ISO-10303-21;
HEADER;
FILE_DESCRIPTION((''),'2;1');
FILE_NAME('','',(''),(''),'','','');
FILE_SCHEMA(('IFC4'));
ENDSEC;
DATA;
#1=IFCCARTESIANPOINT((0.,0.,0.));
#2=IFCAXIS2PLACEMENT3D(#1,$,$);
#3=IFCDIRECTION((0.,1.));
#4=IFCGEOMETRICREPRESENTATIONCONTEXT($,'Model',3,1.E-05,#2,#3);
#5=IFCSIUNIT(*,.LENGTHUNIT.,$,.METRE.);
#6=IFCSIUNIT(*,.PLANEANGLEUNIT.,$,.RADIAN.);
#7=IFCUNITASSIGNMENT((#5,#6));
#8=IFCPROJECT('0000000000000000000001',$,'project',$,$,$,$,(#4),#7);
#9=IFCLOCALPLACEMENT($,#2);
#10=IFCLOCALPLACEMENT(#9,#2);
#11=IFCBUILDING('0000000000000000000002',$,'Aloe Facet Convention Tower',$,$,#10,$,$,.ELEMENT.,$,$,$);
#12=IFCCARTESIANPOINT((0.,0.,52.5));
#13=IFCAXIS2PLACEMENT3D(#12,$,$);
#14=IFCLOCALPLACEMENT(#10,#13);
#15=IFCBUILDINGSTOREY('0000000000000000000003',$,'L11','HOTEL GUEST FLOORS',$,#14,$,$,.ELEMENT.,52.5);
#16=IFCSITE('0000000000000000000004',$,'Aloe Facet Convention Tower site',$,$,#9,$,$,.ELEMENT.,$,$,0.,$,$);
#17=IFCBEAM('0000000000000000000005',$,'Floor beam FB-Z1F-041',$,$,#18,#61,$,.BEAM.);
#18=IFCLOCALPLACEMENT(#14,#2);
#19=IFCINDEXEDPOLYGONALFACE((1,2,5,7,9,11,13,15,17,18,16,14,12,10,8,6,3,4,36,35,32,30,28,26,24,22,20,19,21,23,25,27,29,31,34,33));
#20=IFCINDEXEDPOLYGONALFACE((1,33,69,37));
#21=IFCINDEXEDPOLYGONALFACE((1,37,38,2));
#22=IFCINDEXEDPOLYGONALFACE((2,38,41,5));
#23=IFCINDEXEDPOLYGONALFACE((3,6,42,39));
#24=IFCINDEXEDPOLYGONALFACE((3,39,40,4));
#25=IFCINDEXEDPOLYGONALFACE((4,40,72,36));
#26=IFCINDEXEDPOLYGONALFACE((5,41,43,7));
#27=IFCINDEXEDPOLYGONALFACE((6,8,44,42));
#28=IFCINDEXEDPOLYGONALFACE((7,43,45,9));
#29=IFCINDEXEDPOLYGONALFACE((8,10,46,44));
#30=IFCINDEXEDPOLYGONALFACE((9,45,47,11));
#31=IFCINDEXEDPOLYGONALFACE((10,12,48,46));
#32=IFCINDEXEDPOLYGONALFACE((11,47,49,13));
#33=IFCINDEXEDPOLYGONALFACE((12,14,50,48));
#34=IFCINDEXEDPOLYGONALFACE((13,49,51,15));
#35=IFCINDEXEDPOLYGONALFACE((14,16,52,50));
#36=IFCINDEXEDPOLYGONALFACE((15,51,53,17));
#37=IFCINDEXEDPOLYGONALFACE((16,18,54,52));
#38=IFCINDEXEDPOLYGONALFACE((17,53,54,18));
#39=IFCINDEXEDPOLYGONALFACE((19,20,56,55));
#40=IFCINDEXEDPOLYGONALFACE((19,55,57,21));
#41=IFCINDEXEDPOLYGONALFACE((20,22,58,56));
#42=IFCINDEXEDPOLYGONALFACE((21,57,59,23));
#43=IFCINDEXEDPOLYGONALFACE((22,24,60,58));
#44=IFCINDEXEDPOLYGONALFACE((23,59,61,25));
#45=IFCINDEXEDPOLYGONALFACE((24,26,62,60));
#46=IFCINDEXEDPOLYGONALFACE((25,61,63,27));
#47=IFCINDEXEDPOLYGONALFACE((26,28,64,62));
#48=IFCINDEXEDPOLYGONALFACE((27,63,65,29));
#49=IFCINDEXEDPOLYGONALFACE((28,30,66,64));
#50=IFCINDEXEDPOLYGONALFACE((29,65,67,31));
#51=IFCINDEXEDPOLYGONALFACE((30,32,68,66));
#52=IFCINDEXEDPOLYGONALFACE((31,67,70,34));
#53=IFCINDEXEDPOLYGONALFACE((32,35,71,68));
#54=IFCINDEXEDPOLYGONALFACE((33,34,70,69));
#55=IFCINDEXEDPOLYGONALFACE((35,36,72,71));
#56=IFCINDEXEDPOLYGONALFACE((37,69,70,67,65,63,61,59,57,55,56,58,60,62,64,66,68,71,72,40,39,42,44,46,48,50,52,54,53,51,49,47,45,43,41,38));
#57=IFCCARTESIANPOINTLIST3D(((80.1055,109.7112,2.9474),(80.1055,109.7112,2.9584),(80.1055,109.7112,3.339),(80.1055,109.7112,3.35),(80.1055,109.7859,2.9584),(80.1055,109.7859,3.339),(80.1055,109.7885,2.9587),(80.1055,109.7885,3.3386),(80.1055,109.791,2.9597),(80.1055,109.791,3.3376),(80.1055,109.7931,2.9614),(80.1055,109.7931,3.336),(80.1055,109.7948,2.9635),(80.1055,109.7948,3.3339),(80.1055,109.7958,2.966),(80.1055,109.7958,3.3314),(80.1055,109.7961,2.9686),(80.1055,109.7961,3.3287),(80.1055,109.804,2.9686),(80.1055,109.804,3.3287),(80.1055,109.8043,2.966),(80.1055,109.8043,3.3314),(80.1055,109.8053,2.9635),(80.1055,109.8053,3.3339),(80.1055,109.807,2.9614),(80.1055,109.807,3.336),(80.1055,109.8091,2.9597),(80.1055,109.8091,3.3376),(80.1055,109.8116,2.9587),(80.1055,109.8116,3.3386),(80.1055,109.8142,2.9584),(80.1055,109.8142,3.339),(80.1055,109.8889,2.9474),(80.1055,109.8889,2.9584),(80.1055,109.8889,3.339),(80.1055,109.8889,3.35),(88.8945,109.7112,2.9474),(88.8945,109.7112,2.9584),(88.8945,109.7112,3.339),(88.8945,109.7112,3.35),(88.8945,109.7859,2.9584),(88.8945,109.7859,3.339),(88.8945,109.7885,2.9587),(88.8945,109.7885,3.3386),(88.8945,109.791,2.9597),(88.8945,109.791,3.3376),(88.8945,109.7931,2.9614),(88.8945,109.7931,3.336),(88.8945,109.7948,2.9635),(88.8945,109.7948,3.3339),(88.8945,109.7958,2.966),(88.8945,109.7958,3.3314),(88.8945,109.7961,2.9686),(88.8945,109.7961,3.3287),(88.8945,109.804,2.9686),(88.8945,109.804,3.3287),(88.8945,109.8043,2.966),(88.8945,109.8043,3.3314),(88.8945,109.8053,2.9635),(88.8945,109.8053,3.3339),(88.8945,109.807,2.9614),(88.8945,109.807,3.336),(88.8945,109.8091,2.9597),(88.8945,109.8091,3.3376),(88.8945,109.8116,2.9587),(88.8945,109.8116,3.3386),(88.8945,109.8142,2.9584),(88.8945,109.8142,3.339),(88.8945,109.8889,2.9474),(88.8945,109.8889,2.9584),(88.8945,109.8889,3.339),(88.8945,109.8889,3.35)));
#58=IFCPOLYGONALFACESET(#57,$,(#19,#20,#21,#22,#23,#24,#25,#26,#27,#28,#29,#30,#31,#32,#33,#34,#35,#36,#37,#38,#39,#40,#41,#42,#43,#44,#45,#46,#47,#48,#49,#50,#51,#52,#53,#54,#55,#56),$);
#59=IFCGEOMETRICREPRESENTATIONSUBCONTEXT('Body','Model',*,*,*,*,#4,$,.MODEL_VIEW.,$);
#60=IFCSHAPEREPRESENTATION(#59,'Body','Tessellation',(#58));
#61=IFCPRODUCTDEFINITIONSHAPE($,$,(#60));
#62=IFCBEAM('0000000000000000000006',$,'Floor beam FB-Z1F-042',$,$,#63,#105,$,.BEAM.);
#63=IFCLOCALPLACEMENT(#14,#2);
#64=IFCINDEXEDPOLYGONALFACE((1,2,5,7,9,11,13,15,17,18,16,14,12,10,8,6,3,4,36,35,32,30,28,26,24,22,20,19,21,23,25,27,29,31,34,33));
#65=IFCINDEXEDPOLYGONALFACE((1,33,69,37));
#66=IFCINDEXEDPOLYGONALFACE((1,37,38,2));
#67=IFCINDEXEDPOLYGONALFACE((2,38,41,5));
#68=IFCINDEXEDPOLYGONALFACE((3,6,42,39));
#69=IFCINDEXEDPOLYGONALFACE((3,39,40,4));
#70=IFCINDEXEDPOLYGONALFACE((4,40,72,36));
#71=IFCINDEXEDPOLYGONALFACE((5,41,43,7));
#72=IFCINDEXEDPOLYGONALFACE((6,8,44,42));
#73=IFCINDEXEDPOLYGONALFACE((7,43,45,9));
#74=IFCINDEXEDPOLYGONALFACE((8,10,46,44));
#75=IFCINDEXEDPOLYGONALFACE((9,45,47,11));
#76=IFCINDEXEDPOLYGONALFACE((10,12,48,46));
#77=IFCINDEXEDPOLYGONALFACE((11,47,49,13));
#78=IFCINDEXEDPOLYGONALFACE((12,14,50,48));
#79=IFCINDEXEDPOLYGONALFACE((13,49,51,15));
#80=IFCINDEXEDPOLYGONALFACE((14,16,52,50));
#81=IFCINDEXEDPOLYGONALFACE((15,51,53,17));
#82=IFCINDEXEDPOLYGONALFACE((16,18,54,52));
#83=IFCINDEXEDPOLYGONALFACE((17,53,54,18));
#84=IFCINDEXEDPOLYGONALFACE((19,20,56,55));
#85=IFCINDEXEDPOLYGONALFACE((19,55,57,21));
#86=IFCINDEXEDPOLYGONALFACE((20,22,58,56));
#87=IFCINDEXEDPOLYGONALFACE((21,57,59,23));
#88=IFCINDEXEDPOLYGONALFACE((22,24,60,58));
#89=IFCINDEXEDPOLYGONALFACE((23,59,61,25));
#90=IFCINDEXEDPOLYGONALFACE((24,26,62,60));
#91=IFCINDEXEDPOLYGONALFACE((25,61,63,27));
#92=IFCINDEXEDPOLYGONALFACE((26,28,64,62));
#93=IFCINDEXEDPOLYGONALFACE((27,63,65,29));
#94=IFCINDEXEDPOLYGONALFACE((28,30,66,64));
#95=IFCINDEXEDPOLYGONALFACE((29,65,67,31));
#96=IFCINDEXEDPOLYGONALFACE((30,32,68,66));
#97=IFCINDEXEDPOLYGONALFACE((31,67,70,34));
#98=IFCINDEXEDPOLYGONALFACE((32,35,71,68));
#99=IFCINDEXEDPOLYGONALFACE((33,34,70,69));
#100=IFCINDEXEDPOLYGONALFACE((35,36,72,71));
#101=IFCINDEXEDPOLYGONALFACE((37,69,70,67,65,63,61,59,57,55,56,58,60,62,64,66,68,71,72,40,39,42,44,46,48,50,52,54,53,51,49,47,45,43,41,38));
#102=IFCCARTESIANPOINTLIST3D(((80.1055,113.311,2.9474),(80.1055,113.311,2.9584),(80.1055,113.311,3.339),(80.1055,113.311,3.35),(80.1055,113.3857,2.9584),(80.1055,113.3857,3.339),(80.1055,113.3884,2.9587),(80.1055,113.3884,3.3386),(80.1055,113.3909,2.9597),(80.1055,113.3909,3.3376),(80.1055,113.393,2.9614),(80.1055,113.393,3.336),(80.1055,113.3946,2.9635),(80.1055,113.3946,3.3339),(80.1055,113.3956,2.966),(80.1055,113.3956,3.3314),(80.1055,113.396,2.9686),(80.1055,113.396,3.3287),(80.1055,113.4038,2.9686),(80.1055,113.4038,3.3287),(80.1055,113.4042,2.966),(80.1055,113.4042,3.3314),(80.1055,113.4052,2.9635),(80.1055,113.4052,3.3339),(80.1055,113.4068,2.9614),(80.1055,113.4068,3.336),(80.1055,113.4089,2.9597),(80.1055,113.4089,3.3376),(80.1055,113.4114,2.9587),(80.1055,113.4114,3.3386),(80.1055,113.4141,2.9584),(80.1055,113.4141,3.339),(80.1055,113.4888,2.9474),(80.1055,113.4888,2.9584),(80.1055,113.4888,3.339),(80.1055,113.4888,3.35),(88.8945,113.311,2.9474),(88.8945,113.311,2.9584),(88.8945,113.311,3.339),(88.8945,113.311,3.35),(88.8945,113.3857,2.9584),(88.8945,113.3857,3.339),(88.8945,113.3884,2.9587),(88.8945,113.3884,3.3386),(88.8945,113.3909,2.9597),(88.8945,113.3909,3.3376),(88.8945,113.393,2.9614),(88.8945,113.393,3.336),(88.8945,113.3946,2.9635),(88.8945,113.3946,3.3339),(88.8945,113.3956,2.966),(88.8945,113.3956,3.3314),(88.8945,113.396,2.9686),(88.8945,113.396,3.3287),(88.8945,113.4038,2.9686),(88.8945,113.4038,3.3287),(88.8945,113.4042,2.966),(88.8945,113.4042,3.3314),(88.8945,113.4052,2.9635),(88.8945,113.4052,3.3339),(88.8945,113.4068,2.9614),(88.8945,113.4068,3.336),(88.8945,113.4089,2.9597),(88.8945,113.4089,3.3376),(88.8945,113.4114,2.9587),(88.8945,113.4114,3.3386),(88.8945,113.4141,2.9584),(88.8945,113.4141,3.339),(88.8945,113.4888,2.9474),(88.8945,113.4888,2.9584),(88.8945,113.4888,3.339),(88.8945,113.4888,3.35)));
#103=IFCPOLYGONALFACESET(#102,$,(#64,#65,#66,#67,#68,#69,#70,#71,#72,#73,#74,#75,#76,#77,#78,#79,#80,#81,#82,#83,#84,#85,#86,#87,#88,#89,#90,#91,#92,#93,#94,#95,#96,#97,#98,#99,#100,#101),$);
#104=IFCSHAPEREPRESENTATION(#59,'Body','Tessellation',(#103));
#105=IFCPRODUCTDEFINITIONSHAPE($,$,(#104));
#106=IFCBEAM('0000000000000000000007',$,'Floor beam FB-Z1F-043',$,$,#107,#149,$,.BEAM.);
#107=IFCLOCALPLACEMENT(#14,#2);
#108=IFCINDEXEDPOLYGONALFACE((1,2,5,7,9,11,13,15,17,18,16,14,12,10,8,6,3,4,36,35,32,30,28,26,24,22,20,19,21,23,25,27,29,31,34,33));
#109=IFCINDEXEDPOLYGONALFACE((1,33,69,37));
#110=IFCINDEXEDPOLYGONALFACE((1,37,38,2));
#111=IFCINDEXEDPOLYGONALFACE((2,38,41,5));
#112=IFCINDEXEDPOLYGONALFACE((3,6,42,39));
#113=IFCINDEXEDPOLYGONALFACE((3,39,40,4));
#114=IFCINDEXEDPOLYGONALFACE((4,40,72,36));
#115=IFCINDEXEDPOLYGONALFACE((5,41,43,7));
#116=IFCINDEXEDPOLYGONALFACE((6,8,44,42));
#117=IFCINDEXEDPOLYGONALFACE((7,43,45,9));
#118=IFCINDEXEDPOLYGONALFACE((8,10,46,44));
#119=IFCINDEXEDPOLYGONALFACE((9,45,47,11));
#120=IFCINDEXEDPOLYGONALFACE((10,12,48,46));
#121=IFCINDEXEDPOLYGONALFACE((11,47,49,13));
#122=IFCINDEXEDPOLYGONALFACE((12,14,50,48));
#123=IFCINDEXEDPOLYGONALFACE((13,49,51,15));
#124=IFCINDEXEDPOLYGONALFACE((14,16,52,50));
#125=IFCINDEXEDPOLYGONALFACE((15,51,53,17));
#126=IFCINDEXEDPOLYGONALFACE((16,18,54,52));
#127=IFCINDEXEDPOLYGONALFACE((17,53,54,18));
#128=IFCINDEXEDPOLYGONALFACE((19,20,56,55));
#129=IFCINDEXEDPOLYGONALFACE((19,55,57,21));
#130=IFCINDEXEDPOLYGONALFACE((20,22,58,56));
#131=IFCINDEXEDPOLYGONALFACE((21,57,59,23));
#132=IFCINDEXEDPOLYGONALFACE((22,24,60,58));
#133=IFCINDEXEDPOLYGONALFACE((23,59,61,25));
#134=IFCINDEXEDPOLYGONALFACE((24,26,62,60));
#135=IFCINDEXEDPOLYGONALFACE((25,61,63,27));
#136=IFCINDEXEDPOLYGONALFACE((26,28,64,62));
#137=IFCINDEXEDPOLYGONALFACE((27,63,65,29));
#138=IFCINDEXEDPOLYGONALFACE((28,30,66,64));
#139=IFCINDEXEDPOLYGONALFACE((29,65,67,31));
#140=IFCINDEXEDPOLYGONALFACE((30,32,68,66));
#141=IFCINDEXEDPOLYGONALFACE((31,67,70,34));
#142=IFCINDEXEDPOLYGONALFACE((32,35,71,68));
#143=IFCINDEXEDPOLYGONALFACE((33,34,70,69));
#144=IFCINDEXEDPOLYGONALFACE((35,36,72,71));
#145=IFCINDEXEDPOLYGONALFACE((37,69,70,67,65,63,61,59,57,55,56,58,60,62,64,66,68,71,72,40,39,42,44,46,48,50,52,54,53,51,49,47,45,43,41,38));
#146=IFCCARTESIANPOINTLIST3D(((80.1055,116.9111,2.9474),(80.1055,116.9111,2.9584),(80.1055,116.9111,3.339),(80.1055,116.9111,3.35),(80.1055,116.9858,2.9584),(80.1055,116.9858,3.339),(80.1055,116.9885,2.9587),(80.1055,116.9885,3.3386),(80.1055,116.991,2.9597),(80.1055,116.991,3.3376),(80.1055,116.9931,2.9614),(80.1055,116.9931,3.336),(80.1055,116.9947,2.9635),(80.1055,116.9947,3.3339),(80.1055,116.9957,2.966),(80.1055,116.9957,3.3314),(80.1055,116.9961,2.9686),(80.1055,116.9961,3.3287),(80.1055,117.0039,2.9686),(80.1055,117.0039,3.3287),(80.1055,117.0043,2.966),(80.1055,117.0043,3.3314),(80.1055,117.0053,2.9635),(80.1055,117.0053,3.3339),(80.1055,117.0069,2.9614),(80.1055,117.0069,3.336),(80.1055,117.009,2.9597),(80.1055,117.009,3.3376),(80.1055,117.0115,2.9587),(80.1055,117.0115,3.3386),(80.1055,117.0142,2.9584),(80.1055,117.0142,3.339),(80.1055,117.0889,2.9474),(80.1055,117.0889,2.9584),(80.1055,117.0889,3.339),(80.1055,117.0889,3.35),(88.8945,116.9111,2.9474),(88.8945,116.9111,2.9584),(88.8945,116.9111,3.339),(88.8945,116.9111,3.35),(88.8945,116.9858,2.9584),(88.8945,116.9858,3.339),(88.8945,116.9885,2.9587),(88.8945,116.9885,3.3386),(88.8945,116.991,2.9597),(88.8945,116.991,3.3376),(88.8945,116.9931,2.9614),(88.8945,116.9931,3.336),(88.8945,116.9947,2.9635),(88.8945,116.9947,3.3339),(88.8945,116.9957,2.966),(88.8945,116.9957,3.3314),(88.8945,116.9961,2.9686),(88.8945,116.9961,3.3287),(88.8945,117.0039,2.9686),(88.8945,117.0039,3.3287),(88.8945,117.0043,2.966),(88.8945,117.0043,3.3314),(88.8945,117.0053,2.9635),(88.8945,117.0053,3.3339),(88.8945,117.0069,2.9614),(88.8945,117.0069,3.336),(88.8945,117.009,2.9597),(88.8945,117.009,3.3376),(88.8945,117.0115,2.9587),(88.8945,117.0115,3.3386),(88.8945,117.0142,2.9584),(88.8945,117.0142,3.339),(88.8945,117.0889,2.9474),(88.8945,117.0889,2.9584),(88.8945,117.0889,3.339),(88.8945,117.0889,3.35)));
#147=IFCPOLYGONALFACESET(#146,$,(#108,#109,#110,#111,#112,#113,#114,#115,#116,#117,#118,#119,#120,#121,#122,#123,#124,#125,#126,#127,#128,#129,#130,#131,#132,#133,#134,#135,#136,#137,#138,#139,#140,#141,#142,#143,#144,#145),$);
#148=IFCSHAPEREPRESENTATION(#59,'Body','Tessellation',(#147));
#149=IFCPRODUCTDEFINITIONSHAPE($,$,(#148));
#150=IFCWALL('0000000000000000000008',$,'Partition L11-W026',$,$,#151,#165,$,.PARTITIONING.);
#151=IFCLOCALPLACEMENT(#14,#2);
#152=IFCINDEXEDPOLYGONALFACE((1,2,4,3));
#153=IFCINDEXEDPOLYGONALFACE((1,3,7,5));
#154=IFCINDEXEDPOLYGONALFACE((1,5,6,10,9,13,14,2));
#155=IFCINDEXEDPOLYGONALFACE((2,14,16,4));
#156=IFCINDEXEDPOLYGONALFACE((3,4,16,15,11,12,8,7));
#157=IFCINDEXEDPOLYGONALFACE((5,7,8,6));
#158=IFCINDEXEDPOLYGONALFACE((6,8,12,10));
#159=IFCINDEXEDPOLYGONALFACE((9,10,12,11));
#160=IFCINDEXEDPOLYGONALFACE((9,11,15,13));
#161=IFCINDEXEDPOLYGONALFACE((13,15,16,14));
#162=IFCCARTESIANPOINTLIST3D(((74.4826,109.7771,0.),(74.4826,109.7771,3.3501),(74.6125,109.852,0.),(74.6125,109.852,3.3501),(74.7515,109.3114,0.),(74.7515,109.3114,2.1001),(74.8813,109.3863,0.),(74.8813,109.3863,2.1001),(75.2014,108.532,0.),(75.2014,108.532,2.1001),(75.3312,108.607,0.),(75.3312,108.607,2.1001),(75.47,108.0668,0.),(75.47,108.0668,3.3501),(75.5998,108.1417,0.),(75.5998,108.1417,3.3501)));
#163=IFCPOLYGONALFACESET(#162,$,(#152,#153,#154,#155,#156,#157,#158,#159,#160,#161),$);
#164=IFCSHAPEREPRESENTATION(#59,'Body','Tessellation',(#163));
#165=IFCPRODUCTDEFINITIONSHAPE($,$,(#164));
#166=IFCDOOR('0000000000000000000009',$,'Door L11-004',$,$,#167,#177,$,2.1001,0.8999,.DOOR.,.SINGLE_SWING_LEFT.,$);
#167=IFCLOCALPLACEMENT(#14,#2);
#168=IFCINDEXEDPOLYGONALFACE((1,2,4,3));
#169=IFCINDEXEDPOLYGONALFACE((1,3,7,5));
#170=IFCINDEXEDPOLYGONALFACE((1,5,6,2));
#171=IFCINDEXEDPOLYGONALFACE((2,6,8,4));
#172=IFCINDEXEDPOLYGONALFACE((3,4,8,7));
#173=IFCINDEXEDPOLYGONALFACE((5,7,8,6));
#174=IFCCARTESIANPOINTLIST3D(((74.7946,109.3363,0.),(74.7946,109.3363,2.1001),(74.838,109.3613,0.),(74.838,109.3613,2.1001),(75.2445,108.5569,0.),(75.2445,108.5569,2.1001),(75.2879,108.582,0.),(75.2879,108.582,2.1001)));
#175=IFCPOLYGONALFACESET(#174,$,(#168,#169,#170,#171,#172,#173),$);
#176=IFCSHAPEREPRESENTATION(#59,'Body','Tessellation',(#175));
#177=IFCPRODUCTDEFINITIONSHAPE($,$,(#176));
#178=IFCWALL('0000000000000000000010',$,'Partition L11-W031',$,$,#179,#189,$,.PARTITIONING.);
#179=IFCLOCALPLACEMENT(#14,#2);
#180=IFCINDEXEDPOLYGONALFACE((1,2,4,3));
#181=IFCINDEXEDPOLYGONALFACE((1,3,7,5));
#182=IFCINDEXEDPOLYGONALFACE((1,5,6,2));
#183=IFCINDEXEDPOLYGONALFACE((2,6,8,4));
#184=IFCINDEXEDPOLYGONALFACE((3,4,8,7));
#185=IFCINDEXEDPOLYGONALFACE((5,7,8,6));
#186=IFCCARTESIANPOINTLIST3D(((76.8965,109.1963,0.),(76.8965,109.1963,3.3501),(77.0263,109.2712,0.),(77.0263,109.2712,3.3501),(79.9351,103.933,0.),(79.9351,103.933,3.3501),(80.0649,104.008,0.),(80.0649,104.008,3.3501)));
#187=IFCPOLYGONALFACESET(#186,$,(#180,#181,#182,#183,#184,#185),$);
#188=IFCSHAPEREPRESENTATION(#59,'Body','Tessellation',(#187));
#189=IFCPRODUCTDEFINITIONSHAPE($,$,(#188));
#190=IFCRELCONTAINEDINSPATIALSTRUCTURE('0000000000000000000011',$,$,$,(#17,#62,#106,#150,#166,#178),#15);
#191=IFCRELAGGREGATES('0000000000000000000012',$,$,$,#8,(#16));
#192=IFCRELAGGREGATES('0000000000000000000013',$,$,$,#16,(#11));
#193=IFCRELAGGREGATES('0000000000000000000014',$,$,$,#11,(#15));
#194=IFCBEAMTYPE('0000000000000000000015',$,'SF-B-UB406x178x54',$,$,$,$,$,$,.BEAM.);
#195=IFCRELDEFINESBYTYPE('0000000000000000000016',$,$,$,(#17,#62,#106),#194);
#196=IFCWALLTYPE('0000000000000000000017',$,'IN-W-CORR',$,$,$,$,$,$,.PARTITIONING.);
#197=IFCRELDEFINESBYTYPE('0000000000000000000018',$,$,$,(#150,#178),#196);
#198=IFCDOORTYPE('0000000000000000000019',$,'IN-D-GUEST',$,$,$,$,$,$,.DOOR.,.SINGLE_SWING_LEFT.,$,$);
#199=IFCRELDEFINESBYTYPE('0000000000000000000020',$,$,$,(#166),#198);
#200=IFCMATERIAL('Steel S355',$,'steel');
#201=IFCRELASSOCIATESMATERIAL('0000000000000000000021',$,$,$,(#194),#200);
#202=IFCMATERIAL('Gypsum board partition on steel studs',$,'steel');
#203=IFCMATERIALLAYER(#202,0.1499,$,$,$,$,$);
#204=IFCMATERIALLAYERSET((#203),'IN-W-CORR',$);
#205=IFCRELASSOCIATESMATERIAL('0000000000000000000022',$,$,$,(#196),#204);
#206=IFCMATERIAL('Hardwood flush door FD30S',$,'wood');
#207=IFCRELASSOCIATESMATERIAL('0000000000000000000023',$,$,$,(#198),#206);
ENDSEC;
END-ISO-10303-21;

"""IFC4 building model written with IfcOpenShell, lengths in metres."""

from ifc_helpers import new_model, si_unit, direction, frame, frame_2d, origin, origin_2d, place, context, subcontext, project, spatial, rectangle, i_section, extrude, material, layer, layer_set, material_profile, profile_set, type_object, element, fill, save


model = new_model("IFC4")

# Units and contexts
model_context = context("Model", 3, precision=1e-05, world=origin(), true_north=direction((0.0, 1.0)))
body_context = subcontext(model_context, "Body", "Model", "MODEL_VIEW")
ifc_project = project(units=[si_unit("LENGTHUNIT", "METRE"), si_unit("PLANEANGLEUNIT", "RADIAN")], contexts=[model_context])

# Site, building, storey
site_placement = place(None, origin())
site = spatial("IfcSite", under=ifc_project, at=site_placement, Name="Aloe Facet Convention Tower site", CompositionType="ELEMENT", RefElevation=0.0)
building_placement = place(site_placement, origin())
building = spatial("IfcBuilding", under=site, at=building_placement, Name="Aloe Facet Convention Tower", CompositionType="ELEMENT")
storey_placement = place(building_placement, frame((0.0, 0.0, 52.5)))
storey = spatial("IfcBuildingStorey", under=building, at=storey_placement, Name="L11", Description="HOTEL GUEST FLOORS", CompositionType="ELEMENT", Elevation=52.5)

# Beams
ifc_material_1 = material(Name="Steel S355", Category="steel")
ifc_material_profile = material_profile(ifc_material_1, i_section(OverallWidth=0.1777, OverallDepth=0.4026, WebThickness=0.0078, FlangeThickness=0.011, FilletRadius=0.0103, at=origin_2d()), Name="UB 406x178x54")
ifc_profile_set = profile_set([ifc_material_profile], Name="Steel S355")
beam_type = type_object("IfcBeamType", Name="SF-B-UB406x178x54", PredefinedType="BEAM", material=ifc_profile_set)
for number, where, z_axis, x_axis, name in (
    (1, (80.1055, 109.8, 3.1487), (1.0, 0.0, 0.0), (0.0, 1.0, 0.0), "Floor beam FB-Z1F-041"),
    (2, (80.1055, 113.3999, 3.1487), (1.0, 0.0, 0.0), (0.0, 1.0, 0.0), "Floor beam FB-Z1F-042"),
    (3, (80.1055, 117.0, 3.1487), (1.0, 0.0, 0.0), (0.0, 1.0, 0.0), "Floor beam FB-Z1F-043"),
):
    element("IfcBeam", number, at=place(storey_placement, frame(where, z_axis=z_axis, x_axis=x_axis)), inside=storey, type_object=beam_type, Name=name, PredefinedType="BEAM", context=body_context, shape_type="SweptSolid", body=[
        extrude(i_section(OverallWidth=0.1777, OverallDepth=0.4026, WebThickness=0.0078, FlangeThickness=0.011, FilletRadius=0.0103, at=origin_2d()), origin(), (0.0, 0.0, 1.0), 8.7891),
    ])

# Wall, opening, door
ifc_material_2 = material(Name="Gypsum board partition on steel studs", Category="steel")
ifc_layer_1 = layer(ifc_material_2, 0.1499)
ifc_layer_set_1 = layer_set([ifc_layer_1], Name="IN-W-CORR")
wall_type_1 = type_object("IfcWallType", Name="IN-W-CORR", PredefinedType="PARTITIONING", material=ifc_layer_set_1)
wall_1_placement = place(storey_placement, frame((74.5476, 109.8145, 0.0), z_axis=(0.0, 0.0, 1.0), x_axis=(0.499969, -0.866044, 0.0)))
wall_1 = element("IfcWall", 4, at=wall_1_placement, inside=storey, type_object=wall_type_1, Name="Partition L11-W026", PredefinedType="PARTITIONING", context=body_context, shape_type="SweptSolid", body=[
    extrude(rectangle(XDim=1.9749, YDim=0.1499, at=frame_2d((0.9873, 0.0))), origin(), (0.0, 0.0, 1.0), 3.3501),
])
opening_1_placement = place(wall_1_placement, frame((0.5376, 0.0, 0.0)))
opening_1 = element("IfcOpeningElement", 5, at=opening_1_placement, cuts=wall_1, PredefinedType="OPENING", context=body_context, shape_type="SweptSolid", body=[
    extrude(rectangle(XDim=0.8999, YDim=2.1001, at=frame_2d((0.45, 1.05))), frame((0.0, 0.085, 0.0), z_axis=(0.0, -1.0, 0.0), x_axis=(1.0, 0.0, 0.0)), (0.0, 0.0, 1.0), 0.1699),
])
ifc_material_3 = material(Name="Hardwood flush door FD30S", Category="wood")
door_type_1 = type_object("IfcDoorType", Name="IN-D-GUEST", OperationType="SINGLE_SWING_LEFT", PredefinedType="DOOR", material=ifc_material_3)
door_1_placement = place(opening_1_placement, origin())
door_1 = element("IfcDoor", 6, at=door_1_placement, inside=storey, type_object=door_type_1, Name="Door L11-004", OperationType="SINGLE_SWING_LEFT", OverallHeight=2.1001, OverallWidth=0.8999, PredefinedType="DOOR", context=body_context, shape_type="SweptSolid", body=[
    extrude(rectangle(XDim=0.8999, YDim=2.1001, at=frame_2d((0.45, 1.05))), frame((0.0, 0.0249, 0.0), z_axis=(0.0, -1.0, 0.0), x_axis=(1.0, 0.0, 0.0)), (0.0, 0.0, 1.0), 0.05),
])
fill(opening_1, door_1)

# Wall
wall_2_placement = place(storey_placement, frame((76.9614, 109.2336, 0.0), z_axis=(0.0, 0.0, 1.0), x_axis=(0.499984, -0.866034, 0.0)))
element("IfcWall", 7, at=wall_2_placement, inside=storey, type_object=wall_type_1, Name="Partition L11-W031", PredefinedType="PARTITIONING", context=body_context, shape_type="SweptSolid", body=[
    extrude(rectangle(XDim=6.0774, YDim=0.1499, at=frame_2d((3.0386, 0.0))), origin(), (0.0, 0.0, 1.0), 3.3501),
])

save(model, "model.ifc")
